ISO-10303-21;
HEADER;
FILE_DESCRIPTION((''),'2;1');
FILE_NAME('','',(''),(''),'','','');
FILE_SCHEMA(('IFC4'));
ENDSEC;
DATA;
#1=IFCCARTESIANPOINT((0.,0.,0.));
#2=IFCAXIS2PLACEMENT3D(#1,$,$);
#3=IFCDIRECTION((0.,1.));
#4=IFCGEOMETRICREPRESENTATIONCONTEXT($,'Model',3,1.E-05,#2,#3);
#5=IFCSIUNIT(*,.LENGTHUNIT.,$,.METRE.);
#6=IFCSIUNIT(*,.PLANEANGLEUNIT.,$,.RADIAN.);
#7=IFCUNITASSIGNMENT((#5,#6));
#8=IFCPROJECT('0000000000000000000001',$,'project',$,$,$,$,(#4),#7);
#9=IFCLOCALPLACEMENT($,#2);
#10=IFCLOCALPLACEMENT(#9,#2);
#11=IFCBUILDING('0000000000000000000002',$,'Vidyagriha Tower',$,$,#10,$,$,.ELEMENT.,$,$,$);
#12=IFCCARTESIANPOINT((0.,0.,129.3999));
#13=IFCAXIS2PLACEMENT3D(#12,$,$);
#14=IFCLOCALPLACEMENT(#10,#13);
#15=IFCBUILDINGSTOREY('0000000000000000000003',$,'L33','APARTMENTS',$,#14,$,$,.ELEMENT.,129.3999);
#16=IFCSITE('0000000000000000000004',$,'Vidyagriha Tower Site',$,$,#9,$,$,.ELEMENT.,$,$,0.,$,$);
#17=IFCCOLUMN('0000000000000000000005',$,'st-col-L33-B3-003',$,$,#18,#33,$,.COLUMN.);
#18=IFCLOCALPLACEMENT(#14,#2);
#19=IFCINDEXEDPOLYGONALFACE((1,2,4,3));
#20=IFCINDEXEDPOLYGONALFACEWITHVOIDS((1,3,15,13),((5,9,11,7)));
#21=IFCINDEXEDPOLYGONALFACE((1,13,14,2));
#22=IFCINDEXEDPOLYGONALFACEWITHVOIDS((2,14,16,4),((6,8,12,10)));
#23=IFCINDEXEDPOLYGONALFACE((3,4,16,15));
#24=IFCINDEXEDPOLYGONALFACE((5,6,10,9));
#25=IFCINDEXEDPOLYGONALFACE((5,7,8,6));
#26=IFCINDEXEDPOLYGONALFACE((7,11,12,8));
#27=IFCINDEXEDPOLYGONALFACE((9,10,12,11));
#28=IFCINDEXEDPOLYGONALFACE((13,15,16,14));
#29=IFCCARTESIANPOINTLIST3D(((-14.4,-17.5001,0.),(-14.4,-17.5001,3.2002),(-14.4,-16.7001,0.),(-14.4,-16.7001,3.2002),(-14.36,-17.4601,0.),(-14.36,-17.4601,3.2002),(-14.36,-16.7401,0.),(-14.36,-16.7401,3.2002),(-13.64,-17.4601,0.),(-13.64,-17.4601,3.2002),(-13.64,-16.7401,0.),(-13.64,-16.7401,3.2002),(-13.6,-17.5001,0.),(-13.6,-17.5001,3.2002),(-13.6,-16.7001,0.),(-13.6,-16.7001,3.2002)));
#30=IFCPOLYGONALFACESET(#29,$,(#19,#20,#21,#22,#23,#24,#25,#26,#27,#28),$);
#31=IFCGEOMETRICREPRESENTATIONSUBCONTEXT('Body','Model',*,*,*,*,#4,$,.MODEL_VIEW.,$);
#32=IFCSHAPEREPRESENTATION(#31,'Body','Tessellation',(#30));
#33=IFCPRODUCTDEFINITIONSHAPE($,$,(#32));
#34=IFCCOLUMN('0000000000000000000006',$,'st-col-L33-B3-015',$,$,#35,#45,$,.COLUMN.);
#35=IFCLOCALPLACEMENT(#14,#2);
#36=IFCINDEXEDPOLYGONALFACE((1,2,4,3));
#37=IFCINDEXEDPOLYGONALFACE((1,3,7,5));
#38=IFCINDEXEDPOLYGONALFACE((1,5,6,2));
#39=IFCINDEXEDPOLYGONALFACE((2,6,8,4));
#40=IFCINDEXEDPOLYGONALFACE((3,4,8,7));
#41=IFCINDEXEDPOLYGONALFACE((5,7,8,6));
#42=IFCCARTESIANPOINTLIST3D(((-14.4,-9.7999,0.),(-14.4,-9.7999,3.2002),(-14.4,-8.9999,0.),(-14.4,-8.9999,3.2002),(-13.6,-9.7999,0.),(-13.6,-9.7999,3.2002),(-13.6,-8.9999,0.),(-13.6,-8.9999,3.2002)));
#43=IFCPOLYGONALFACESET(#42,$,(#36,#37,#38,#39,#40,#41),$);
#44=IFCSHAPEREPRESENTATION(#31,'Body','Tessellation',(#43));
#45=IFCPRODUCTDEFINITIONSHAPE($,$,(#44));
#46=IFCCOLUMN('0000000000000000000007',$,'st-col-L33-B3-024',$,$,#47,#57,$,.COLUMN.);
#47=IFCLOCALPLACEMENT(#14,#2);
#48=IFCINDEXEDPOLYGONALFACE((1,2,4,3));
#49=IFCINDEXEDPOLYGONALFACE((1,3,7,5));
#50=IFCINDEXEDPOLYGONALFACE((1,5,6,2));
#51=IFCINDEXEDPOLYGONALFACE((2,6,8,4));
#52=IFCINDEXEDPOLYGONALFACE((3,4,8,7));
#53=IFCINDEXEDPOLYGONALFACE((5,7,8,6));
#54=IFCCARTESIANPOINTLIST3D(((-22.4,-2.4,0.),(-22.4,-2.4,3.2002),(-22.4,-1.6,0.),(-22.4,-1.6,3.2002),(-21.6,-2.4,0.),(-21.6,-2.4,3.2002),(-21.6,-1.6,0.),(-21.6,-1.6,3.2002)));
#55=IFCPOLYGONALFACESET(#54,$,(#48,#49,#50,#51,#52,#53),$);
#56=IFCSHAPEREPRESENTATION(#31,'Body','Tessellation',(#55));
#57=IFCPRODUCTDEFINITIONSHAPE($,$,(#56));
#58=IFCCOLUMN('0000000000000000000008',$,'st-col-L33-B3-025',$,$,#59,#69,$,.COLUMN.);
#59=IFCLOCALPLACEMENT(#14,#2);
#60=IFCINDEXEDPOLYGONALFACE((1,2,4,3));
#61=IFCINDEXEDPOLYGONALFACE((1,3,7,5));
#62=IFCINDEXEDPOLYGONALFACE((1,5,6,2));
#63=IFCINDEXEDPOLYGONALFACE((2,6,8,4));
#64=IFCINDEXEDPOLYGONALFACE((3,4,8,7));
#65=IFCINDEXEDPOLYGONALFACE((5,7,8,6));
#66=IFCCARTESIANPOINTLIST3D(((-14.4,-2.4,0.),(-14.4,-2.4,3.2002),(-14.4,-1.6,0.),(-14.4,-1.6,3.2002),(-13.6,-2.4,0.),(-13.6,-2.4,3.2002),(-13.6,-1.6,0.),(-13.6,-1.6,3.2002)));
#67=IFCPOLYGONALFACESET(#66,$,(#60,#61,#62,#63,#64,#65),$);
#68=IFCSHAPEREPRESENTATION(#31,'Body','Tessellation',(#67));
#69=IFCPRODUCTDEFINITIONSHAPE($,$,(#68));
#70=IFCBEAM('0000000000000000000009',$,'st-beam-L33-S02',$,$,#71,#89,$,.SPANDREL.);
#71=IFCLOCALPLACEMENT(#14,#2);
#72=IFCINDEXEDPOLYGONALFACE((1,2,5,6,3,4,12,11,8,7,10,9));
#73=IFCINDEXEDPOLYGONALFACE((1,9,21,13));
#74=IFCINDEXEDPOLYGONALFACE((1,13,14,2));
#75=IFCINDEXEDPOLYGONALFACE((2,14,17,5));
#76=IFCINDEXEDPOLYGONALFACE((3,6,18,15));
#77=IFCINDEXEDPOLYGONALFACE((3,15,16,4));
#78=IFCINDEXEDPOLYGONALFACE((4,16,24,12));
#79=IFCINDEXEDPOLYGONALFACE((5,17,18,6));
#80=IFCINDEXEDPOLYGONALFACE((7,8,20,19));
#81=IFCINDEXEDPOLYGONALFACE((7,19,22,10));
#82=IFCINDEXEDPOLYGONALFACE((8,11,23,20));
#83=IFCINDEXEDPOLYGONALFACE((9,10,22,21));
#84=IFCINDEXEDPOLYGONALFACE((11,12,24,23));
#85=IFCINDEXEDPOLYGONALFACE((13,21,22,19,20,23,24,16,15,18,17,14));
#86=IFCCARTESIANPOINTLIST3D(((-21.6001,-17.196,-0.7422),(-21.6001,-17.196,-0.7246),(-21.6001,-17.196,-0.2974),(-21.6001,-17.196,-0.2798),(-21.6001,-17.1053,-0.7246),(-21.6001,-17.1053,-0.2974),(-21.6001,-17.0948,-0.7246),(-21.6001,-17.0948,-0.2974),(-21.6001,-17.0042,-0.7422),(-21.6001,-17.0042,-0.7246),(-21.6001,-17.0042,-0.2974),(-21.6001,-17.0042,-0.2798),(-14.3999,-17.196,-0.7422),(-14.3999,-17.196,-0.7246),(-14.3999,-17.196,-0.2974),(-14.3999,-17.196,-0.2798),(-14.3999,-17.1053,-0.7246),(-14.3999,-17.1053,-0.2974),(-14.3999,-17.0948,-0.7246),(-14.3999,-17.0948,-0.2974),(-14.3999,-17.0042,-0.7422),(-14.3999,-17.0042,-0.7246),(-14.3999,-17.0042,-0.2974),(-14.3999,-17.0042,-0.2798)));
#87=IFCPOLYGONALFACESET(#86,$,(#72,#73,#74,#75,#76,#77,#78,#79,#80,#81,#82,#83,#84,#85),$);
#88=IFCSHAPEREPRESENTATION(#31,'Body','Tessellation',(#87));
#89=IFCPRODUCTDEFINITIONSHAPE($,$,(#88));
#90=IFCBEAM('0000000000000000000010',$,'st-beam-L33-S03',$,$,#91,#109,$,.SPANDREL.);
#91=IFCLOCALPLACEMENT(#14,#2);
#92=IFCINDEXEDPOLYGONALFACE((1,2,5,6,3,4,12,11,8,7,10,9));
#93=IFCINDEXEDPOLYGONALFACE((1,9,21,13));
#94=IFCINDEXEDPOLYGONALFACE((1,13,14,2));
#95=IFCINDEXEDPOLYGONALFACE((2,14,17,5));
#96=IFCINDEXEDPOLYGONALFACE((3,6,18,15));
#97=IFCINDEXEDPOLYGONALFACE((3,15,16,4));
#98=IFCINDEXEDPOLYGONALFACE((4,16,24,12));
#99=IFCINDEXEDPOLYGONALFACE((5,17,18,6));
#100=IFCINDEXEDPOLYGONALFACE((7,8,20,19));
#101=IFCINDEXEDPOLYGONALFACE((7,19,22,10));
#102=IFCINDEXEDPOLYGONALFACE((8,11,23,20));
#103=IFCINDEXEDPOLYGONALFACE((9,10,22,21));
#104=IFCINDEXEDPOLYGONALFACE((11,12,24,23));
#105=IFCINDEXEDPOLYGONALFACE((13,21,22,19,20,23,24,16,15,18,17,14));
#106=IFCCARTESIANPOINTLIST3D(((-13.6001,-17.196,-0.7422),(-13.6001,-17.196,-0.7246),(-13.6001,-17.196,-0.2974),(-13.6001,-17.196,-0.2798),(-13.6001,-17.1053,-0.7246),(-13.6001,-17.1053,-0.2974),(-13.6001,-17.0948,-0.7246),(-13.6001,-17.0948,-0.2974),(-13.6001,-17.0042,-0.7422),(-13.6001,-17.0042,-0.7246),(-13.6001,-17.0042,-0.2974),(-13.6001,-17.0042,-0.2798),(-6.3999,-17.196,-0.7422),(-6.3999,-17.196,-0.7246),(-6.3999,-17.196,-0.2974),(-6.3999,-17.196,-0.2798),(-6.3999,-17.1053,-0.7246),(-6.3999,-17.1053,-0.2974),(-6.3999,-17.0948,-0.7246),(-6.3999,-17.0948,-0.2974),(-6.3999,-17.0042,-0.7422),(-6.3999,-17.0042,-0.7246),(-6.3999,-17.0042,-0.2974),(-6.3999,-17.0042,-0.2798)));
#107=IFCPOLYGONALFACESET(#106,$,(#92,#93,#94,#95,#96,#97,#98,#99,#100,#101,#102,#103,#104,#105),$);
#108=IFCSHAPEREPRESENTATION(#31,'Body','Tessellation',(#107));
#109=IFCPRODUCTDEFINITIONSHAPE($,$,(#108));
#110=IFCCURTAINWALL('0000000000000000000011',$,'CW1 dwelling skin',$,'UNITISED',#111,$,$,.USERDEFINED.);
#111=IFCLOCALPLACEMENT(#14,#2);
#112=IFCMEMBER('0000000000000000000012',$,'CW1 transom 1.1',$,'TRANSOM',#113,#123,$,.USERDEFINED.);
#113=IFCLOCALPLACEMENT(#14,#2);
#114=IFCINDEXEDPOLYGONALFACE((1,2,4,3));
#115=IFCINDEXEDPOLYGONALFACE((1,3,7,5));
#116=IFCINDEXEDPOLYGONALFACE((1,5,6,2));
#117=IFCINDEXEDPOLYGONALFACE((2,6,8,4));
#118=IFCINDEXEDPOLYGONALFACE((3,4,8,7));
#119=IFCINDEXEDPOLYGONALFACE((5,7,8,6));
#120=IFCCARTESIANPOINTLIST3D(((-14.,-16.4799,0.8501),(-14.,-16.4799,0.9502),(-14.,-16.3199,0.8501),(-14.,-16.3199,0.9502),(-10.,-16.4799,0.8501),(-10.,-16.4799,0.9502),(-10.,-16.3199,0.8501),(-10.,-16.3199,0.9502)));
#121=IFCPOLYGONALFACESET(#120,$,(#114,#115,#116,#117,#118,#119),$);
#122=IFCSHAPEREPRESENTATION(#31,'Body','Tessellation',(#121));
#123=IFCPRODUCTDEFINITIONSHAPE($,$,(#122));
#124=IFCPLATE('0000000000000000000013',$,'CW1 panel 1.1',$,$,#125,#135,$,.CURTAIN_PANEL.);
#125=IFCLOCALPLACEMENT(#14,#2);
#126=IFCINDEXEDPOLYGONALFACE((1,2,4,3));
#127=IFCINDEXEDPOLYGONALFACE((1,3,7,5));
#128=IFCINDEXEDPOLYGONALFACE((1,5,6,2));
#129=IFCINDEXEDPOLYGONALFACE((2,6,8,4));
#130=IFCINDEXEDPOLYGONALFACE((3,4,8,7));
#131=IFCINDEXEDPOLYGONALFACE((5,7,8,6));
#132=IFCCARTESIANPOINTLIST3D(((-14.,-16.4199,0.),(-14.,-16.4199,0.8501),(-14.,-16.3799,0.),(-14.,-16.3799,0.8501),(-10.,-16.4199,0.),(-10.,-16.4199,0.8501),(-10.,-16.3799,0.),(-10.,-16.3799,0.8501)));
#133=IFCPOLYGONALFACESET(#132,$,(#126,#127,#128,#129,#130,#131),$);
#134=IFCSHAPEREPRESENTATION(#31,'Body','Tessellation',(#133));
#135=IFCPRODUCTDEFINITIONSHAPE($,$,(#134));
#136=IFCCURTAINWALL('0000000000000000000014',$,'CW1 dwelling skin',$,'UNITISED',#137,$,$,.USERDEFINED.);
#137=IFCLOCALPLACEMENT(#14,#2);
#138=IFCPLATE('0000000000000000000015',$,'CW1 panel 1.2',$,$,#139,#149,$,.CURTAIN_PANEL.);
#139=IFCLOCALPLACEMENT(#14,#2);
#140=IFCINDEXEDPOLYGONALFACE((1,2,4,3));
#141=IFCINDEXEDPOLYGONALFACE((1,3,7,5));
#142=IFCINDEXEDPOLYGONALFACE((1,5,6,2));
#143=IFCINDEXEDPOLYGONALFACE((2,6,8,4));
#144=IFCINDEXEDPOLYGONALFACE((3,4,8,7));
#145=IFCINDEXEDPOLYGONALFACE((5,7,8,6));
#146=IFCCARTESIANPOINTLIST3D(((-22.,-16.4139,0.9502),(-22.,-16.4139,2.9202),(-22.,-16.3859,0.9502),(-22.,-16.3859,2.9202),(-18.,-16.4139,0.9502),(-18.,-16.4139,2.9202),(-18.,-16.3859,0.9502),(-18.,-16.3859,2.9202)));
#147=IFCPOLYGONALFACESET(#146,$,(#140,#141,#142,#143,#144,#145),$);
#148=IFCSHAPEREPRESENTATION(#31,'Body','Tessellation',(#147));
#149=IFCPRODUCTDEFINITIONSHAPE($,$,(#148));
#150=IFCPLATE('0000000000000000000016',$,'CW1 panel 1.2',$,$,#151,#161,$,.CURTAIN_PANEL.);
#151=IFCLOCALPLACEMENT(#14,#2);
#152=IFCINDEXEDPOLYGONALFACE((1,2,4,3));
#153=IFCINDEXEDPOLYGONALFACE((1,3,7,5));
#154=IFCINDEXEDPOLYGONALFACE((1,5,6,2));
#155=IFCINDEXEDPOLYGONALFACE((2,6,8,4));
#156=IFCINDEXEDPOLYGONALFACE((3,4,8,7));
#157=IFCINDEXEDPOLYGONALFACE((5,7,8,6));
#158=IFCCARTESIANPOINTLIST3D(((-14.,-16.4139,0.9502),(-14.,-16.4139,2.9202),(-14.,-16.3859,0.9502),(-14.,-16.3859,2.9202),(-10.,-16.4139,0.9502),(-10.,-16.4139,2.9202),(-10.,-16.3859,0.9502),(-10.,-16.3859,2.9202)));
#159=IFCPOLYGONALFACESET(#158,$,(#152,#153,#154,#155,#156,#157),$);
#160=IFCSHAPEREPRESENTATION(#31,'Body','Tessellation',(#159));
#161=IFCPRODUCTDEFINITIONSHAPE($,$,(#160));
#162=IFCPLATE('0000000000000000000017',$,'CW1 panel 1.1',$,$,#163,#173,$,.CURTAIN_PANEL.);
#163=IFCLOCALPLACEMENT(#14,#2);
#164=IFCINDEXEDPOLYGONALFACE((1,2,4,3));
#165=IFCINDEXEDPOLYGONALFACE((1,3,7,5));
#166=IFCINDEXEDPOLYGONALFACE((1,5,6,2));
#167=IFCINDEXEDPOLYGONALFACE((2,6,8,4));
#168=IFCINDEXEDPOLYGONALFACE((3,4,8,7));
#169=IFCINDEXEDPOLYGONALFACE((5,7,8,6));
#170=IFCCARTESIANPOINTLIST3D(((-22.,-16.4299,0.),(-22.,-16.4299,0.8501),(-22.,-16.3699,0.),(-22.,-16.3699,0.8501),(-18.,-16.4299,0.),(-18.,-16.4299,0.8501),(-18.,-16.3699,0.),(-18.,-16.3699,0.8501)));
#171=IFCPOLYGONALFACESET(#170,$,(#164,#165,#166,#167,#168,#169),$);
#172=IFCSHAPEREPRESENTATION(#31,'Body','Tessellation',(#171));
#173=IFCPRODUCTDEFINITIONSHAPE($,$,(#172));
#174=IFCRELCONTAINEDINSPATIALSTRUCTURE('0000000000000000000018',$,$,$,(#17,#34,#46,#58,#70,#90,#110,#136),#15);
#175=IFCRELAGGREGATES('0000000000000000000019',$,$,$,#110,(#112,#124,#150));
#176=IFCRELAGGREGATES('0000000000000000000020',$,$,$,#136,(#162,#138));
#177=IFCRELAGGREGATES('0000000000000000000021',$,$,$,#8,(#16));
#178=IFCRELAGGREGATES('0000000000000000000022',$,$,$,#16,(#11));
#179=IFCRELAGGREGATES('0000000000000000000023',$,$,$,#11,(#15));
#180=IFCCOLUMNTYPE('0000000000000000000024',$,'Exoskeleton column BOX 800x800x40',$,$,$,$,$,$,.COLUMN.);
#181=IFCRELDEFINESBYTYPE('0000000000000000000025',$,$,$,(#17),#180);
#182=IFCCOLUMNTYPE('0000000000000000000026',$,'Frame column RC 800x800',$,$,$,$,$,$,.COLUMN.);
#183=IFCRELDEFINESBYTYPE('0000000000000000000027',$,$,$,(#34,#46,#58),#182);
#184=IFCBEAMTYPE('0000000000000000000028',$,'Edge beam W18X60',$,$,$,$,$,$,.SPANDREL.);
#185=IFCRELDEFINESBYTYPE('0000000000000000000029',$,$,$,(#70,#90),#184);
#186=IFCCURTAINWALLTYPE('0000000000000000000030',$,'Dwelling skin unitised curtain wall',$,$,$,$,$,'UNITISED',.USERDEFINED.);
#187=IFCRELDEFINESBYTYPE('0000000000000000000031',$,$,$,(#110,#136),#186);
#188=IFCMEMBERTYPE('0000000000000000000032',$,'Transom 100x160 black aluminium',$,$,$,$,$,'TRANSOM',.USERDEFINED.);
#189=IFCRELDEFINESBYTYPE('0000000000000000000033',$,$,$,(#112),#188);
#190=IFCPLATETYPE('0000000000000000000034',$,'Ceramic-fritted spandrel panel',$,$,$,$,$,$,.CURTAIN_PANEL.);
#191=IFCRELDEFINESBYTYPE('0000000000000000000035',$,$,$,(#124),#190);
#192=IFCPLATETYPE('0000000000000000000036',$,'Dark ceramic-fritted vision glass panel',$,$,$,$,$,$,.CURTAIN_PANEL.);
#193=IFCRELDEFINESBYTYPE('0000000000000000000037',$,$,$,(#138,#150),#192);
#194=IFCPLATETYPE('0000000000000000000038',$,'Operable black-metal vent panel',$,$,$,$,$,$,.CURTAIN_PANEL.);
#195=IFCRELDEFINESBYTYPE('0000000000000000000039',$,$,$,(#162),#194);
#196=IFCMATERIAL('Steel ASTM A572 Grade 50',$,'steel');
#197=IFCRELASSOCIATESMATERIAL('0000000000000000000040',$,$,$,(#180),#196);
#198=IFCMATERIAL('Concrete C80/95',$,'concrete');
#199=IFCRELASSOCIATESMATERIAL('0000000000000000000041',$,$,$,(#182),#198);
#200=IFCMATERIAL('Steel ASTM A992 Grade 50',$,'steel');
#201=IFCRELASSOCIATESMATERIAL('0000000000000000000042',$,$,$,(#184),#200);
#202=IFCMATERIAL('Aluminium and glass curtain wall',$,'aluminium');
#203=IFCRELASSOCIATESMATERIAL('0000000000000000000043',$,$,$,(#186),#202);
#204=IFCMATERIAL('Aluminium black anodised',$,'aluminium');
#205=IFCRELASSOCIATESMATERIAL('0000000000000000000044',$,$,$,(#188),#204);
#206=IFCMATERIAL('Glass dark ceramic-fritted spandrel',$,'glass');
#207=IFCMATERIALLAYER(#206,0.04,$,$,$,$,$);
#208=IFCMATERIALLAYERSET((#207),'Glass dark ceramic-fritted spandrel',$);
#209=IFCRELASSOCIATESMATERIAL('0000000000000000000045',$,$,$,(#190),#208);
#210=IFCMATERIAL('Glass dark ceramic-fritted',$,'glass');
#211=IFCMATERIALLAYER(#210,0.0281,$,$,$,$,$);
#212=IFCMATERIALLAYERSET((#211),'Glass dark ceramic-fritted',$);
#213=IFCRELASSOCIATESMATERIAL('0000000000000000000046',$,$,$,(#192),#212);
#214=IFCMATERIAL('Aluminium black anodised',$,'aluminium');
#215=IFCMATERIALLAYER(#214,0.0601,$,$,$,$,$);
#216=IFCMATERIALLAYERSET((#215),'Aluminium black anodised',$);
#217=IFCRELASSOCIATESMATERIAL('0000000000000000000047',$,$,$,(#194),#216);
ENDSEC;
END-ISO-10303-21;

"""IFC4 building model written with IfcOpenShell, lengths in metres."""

from ifc_helpers import new_model, si_unit, direction, frame, origin, origin_2d, place, context, subcontext, project, spatial, rectangle, hollow_rectangle, i_section, extrude, material, layer, layer_set, material_profile, profile_set, type_object, element, aggregate, save


model = new_model("IFC4")

# Units and contexts
model_context = context("Model", 3, precision=1e-05, world=origin(), true_north=direction((0.0, 1.0)))
body_context = subcontext(model_context, "Body", "Model", "MODEL_VIEW")
ifc_project = project(units=[si_unit("LENGTHUNIT", "METRE"), si_unit("PLANEANGLEUNIT", "RADIAN")], contexts=[model_context])

# Site, building, storey
site_placement = place(None, origin())
site = spatial("IfcSite", under=ifc_project, at=site_placement, Name="Vidyagriha Tower Site", CompositionType="ELEMENT", RefElevation=0.0)
building_placement = place(site_placement, origin())
building = spatial("IfcBuilding", under=site, at=building_placement, Name="Vidyagriha Tower", CompositionType="ELEMENT")
storey_placement = place(building_placement, frame((0.0, 0.0, 129.3999)))
storey = spatial("IfcBuildingStorey", under=building, at=storey_placement, Name="L33", Description="APARTMENTS", CompositionType="ELEMENT", Elevation=129.3999)

# Columns
ifc_material_1 = material(Name="Steel ASTM A572 Grade 50", Category="steel")
ifc_material_profile_1 = material_profile(ifc_material_1, hollow_rectangle(XDim=0.8, YDim=0.8, WallThickness=0.04, at=origin_2d()), Name="BOX 800x800x40")
ifc_profile_set_1 = profile_set([ifc_material_profile_1], Name="Steel ASTM A572 Grade 50")
column_type_1 = type_object("IfcColumnType", Name="Exoskeleton column BOX 800x800x40", PredefinedType="COLUMN", material=ifc_profile_set_1)
column_placement = place(storey_placement, frame((-14.0, -17.1001, 0.0)))
element("IfcColumn", 1, at=column_placement, inside=storey, type_object=column_type_1, Name="st-col-L33-B3-003", PredefinedType="COLUMN", context=body_context, shape_type="SweptSolid", body=[
    extrude(hollow_rectangle(XDim=0.8, YDim=0.8, WallThickness=0.04, at=origin_2d()), origin(), (0.0, 0.0, 1.0), 3.2002),
])
ifc_material_2 = material(Name="Concrete C80/95", Category="concrete")
ifc_material_profile_2 = material_profile(ifc_material_2, rectangle(XDim=0.8, YDim=0.8, at=origin_2d()), Name="RC 800x800")
ifc_profile_set_2 = profile_set([ifc_material_profile_2], Name="Concrete C80/95")
column_type_2 = type_object("IfcColumnType", Name="Frame column RC 800x800", PredefinedType="COLUMN", material=ifc_profile_set_2)
for number, where, name in (
    (2, (-14.0, -9.3999, 0.0), "st-col-L33-B3-015"),
    (3, (-22.0, -2.0, 0.0), "st-col-L33-B3-024"),
    (4, (-14.0, -2.0, 0.0), "st-col-L33-B3-025"),
):
    element("IfcColumn", number, at=place(storey_placement, frame(where)), inside=storey, type_object=column_type_2, Name=name, PredefinedType="COLUMN", context=body_context, shape_type="SweptSolid", body=[
        extrude(rectangle(XDim=0.8, YDim=0.8, at=origin_2d()), origin(), (0.0, 0.0, 1.0), 3.2002),
    ])

# Beams
ifc_material_3 = material(Name="Steel ASTM A992 Grade 50", Category="steel")
ifc_material_profile_3 = material_profile(ifc_material_3, i_section(OverallWidth=0.1919, OverallDepth=0.4624, WebThickness=0.0105, FlangeThickness=0.0176, at=origin_2d()), Name="W18X60")
ifc_profile_set_3 = profile_set([ifc_material_profile_3], Name="Steel ASTM A992 Grade 50")
beam_type = type_object("IfcBeamType", Name="Edge beam W18X60", PredefinedType="SPANDREL", material=ifc_profile_set_3)
for number, where, z_axis, x_axis, name in (
    (5, (-21.6001, -17.1001, -0.511), (1.0, 0.0, 0.0), (0.0, 1.0, 0.0), "st-beam-L33-S02"),
    (6, (-13.6001, -17.1001, -0.511), (1.0, 0.0, 0.0), (0.0, 1.0, 0.0), "st-beam-L33-S03"),
):
    element("IfcBeam", number, at=place(storey_placement, frame(where, z_axis=z_axis, x_axis=x_axis)), inside=storey, type_object=beam_type, Name=name, PredefinedType="SPANDREL", context=body_context, shape_type="SweptSolid", body=[
        extrude(i_section(OverallWidth=0.1919, OverallDepth=0.4624, WebThickness=0.0105, FlangeThickness=0.0176, at=origin_2d()), origin(), (0.0, 0.0, 1.0), 7.2002),
    ])

# Curtain wall, member, plate
ifc_material_4 = material(Name="Aluminium and glass curtain wall", Category="aluminium")
curtain_wall_type = type_object("IfcCurtainWallType", Name="Dwelling skin unitised curtain wall", ElementType="UNITISED", PredefinedType="USERDEFINED", material=ifc_material_4)
curtain_wall_1_placement = place(storey_placement, origin())
curtain_wall_1 = element("IfcCurtainWall", 7, at=curtain_wall_1_placement, inside=storey, type_object=curtain_wall_type, Name="CW1 dwelling skin", ObjectType="UNITISED", PredefinedType="USERDEFINED")
ifc_material_5 = material(Name="Aluminium black anodised", Category="aluminium")
ifc_material_profile_4 = material_profile(ifc_material_5, rectangle(XDim=0.1599, YDim=0.1001, at=origin_2d()), Name="Transom 100x160 black aluminium")
ifc_profile_set_4 = profile_set([ifc_material_profile_4], Name="Aluminium black anodised")
member_type = type_object("IfcMemberType", Name="Transom 100x160 black aluminium", ElementType="TRANSOM", PredefinedType="USERDEFINED", material=ifc_profile_set_4)
member_placement = place(storey_placement, frame((-14.0, -16.3999, 0.9001), z_axis=(1.0, 0.0, 0.0), x_axis=(0.0, 1.0, 0.0)))
member = element("IfcMember", 8, at=member_placement, type_object=member_type, Name="CW1 transom 1.1", ObjectType="TRANSOM", PredefinedType="USERDEFINED", context=body_context, shape_type="SweptSolid", body=[
    extrude(rectangle(XDim=0.1599, YDim=0.1001, at=origin_2d()), origin(), (0.0, 0.0, 1.0), 4.0),
])
ifc_material_6 = material(Name="Glass dark ceramic-fritted spandrel", Category="glass")
ifc_layer_1 = layer(ifc_material_6, 0.04)
ifc_layer_set_1 = layer_set([ifc_layer_1], Name="Glass dark ceramic-fritted spandrel")
plate_type_1 = type_object("IfcPlateType", Name="Ceramic-fritted spandrel panel", PredefinedType="CURTAIN_PANEL", material=ifc_layer_set_1)
plate_1_placement = place(storey_placement, frame((-12.0, -16.3999, 0.0)))
plate_1 = element("IfcPlate", 9, at=plate_1_placement, type_object=plate_type_1, Name="CW1 panel 1.1", PredefinedType="CURTAIN_PANEL", context=body_context, shape_type="SweptSolid", body=[
    extrude(rectangle(XDim=4.0, YDim=0.04, at=origin_2d()), origin(), (0.0, 0.0, 1.0), 0.8501),
])

# Curtain wall, plate
curtain_wall_2_placement = place(storey_placement, origin())
curtain_wall_2 = element("IfcCurtainWall", 10, at=curtain_wall_2_placement, inside=storey, type_object=curtain_wall_type, Name="CW1 dwelling skin", ObjectType="UNITISED", PredefinedType="USERDEFINED")
ifc_material_7 = material(Name="Glass dark ceramic-fritted", Category="glass")
ifc_layer_2 = layer(ifc_material_7, 0.0281)
ifc_layer_set_2 = layer_set([ifc_layer_2], Name="Glass dark ceramic-fritted")
plate_type_2 = type_object("IfcPlateType", Name="Dark ceramic-fritted vision glass panel", PredefinedType="CURTAIN_PANEL", material=ifc_layer_set_2)
plate_2_placement = place(storey_placement, frame((-20.0, -16.3999, 0.9502)))
plate_2 = element("IfcPlate", 11, at=plate_2_placement, type_object=plate_type_2, Name="CW1 panel 1.2", PredefinedType="CURTAIN_PANEL", context=body_context, shape_type="SweptSolid", body=[
    extrude(rectangle(XDim=4.0, YDim=0.0281, at=origin_2d()), origin(), (0.0, 0.0, 1.0), 1.97),
])

# Plates
plate_3_placement = place(storey_placement, frame((-12.0, -16.3999, 0.9502)))
plate_3 = element("IfcPlate", 12, at=plate_3_placement, type_object=plate_type_2, Name="CW1 panel 1.2", PredefinedType="CURTAIN_PANEL", context=body_context, shape_type="SweptSolid", body=[
    extrude(rectangle(XDim=4.0, YDim=0.0281, at=origin_2d()), origin(), (0.0, 0.0, 1.0), 1.97),
])
aggregate(curtain_wall_1, [member, plate_1, plate_3])
ifc_material_8 = material(Name="Aluminium black anodised", Category="aluminium")
ifc_layer_3 = layer(ifc_material_8, 0.0601)
ifc_layer_set_3 = layer_set([ifc_layer_3], Name="Aluminium black anodised")
plate_type_3 = type_object("IfcPlateType", Name="Operable black-metal vent panel", PredefinedType="CURTAIN_PANEL", material=ifc_layer_set_3)
plate_4_placement = place(storey_placement, frame((-20.0, -16.3999, 0.0)))
plate_4 = element("IfcPlate", 13, at=plate_4_placement, type_object=plate_type_3, Name="CW1 panel 1.1", PredefinedType="CURTAIN_PANEL", context=body_context, shape_type="SweptSolid", body=[
    extrude(rectangle(XDim=4.0, YDim=0.0601, at=origin_2d()), origin(), (0.0, 0.0, 1.0), 0.8501),
])
aggregate(curtain_wall_2, [plate_4, plate_2])

save(model, "model.ifc")
